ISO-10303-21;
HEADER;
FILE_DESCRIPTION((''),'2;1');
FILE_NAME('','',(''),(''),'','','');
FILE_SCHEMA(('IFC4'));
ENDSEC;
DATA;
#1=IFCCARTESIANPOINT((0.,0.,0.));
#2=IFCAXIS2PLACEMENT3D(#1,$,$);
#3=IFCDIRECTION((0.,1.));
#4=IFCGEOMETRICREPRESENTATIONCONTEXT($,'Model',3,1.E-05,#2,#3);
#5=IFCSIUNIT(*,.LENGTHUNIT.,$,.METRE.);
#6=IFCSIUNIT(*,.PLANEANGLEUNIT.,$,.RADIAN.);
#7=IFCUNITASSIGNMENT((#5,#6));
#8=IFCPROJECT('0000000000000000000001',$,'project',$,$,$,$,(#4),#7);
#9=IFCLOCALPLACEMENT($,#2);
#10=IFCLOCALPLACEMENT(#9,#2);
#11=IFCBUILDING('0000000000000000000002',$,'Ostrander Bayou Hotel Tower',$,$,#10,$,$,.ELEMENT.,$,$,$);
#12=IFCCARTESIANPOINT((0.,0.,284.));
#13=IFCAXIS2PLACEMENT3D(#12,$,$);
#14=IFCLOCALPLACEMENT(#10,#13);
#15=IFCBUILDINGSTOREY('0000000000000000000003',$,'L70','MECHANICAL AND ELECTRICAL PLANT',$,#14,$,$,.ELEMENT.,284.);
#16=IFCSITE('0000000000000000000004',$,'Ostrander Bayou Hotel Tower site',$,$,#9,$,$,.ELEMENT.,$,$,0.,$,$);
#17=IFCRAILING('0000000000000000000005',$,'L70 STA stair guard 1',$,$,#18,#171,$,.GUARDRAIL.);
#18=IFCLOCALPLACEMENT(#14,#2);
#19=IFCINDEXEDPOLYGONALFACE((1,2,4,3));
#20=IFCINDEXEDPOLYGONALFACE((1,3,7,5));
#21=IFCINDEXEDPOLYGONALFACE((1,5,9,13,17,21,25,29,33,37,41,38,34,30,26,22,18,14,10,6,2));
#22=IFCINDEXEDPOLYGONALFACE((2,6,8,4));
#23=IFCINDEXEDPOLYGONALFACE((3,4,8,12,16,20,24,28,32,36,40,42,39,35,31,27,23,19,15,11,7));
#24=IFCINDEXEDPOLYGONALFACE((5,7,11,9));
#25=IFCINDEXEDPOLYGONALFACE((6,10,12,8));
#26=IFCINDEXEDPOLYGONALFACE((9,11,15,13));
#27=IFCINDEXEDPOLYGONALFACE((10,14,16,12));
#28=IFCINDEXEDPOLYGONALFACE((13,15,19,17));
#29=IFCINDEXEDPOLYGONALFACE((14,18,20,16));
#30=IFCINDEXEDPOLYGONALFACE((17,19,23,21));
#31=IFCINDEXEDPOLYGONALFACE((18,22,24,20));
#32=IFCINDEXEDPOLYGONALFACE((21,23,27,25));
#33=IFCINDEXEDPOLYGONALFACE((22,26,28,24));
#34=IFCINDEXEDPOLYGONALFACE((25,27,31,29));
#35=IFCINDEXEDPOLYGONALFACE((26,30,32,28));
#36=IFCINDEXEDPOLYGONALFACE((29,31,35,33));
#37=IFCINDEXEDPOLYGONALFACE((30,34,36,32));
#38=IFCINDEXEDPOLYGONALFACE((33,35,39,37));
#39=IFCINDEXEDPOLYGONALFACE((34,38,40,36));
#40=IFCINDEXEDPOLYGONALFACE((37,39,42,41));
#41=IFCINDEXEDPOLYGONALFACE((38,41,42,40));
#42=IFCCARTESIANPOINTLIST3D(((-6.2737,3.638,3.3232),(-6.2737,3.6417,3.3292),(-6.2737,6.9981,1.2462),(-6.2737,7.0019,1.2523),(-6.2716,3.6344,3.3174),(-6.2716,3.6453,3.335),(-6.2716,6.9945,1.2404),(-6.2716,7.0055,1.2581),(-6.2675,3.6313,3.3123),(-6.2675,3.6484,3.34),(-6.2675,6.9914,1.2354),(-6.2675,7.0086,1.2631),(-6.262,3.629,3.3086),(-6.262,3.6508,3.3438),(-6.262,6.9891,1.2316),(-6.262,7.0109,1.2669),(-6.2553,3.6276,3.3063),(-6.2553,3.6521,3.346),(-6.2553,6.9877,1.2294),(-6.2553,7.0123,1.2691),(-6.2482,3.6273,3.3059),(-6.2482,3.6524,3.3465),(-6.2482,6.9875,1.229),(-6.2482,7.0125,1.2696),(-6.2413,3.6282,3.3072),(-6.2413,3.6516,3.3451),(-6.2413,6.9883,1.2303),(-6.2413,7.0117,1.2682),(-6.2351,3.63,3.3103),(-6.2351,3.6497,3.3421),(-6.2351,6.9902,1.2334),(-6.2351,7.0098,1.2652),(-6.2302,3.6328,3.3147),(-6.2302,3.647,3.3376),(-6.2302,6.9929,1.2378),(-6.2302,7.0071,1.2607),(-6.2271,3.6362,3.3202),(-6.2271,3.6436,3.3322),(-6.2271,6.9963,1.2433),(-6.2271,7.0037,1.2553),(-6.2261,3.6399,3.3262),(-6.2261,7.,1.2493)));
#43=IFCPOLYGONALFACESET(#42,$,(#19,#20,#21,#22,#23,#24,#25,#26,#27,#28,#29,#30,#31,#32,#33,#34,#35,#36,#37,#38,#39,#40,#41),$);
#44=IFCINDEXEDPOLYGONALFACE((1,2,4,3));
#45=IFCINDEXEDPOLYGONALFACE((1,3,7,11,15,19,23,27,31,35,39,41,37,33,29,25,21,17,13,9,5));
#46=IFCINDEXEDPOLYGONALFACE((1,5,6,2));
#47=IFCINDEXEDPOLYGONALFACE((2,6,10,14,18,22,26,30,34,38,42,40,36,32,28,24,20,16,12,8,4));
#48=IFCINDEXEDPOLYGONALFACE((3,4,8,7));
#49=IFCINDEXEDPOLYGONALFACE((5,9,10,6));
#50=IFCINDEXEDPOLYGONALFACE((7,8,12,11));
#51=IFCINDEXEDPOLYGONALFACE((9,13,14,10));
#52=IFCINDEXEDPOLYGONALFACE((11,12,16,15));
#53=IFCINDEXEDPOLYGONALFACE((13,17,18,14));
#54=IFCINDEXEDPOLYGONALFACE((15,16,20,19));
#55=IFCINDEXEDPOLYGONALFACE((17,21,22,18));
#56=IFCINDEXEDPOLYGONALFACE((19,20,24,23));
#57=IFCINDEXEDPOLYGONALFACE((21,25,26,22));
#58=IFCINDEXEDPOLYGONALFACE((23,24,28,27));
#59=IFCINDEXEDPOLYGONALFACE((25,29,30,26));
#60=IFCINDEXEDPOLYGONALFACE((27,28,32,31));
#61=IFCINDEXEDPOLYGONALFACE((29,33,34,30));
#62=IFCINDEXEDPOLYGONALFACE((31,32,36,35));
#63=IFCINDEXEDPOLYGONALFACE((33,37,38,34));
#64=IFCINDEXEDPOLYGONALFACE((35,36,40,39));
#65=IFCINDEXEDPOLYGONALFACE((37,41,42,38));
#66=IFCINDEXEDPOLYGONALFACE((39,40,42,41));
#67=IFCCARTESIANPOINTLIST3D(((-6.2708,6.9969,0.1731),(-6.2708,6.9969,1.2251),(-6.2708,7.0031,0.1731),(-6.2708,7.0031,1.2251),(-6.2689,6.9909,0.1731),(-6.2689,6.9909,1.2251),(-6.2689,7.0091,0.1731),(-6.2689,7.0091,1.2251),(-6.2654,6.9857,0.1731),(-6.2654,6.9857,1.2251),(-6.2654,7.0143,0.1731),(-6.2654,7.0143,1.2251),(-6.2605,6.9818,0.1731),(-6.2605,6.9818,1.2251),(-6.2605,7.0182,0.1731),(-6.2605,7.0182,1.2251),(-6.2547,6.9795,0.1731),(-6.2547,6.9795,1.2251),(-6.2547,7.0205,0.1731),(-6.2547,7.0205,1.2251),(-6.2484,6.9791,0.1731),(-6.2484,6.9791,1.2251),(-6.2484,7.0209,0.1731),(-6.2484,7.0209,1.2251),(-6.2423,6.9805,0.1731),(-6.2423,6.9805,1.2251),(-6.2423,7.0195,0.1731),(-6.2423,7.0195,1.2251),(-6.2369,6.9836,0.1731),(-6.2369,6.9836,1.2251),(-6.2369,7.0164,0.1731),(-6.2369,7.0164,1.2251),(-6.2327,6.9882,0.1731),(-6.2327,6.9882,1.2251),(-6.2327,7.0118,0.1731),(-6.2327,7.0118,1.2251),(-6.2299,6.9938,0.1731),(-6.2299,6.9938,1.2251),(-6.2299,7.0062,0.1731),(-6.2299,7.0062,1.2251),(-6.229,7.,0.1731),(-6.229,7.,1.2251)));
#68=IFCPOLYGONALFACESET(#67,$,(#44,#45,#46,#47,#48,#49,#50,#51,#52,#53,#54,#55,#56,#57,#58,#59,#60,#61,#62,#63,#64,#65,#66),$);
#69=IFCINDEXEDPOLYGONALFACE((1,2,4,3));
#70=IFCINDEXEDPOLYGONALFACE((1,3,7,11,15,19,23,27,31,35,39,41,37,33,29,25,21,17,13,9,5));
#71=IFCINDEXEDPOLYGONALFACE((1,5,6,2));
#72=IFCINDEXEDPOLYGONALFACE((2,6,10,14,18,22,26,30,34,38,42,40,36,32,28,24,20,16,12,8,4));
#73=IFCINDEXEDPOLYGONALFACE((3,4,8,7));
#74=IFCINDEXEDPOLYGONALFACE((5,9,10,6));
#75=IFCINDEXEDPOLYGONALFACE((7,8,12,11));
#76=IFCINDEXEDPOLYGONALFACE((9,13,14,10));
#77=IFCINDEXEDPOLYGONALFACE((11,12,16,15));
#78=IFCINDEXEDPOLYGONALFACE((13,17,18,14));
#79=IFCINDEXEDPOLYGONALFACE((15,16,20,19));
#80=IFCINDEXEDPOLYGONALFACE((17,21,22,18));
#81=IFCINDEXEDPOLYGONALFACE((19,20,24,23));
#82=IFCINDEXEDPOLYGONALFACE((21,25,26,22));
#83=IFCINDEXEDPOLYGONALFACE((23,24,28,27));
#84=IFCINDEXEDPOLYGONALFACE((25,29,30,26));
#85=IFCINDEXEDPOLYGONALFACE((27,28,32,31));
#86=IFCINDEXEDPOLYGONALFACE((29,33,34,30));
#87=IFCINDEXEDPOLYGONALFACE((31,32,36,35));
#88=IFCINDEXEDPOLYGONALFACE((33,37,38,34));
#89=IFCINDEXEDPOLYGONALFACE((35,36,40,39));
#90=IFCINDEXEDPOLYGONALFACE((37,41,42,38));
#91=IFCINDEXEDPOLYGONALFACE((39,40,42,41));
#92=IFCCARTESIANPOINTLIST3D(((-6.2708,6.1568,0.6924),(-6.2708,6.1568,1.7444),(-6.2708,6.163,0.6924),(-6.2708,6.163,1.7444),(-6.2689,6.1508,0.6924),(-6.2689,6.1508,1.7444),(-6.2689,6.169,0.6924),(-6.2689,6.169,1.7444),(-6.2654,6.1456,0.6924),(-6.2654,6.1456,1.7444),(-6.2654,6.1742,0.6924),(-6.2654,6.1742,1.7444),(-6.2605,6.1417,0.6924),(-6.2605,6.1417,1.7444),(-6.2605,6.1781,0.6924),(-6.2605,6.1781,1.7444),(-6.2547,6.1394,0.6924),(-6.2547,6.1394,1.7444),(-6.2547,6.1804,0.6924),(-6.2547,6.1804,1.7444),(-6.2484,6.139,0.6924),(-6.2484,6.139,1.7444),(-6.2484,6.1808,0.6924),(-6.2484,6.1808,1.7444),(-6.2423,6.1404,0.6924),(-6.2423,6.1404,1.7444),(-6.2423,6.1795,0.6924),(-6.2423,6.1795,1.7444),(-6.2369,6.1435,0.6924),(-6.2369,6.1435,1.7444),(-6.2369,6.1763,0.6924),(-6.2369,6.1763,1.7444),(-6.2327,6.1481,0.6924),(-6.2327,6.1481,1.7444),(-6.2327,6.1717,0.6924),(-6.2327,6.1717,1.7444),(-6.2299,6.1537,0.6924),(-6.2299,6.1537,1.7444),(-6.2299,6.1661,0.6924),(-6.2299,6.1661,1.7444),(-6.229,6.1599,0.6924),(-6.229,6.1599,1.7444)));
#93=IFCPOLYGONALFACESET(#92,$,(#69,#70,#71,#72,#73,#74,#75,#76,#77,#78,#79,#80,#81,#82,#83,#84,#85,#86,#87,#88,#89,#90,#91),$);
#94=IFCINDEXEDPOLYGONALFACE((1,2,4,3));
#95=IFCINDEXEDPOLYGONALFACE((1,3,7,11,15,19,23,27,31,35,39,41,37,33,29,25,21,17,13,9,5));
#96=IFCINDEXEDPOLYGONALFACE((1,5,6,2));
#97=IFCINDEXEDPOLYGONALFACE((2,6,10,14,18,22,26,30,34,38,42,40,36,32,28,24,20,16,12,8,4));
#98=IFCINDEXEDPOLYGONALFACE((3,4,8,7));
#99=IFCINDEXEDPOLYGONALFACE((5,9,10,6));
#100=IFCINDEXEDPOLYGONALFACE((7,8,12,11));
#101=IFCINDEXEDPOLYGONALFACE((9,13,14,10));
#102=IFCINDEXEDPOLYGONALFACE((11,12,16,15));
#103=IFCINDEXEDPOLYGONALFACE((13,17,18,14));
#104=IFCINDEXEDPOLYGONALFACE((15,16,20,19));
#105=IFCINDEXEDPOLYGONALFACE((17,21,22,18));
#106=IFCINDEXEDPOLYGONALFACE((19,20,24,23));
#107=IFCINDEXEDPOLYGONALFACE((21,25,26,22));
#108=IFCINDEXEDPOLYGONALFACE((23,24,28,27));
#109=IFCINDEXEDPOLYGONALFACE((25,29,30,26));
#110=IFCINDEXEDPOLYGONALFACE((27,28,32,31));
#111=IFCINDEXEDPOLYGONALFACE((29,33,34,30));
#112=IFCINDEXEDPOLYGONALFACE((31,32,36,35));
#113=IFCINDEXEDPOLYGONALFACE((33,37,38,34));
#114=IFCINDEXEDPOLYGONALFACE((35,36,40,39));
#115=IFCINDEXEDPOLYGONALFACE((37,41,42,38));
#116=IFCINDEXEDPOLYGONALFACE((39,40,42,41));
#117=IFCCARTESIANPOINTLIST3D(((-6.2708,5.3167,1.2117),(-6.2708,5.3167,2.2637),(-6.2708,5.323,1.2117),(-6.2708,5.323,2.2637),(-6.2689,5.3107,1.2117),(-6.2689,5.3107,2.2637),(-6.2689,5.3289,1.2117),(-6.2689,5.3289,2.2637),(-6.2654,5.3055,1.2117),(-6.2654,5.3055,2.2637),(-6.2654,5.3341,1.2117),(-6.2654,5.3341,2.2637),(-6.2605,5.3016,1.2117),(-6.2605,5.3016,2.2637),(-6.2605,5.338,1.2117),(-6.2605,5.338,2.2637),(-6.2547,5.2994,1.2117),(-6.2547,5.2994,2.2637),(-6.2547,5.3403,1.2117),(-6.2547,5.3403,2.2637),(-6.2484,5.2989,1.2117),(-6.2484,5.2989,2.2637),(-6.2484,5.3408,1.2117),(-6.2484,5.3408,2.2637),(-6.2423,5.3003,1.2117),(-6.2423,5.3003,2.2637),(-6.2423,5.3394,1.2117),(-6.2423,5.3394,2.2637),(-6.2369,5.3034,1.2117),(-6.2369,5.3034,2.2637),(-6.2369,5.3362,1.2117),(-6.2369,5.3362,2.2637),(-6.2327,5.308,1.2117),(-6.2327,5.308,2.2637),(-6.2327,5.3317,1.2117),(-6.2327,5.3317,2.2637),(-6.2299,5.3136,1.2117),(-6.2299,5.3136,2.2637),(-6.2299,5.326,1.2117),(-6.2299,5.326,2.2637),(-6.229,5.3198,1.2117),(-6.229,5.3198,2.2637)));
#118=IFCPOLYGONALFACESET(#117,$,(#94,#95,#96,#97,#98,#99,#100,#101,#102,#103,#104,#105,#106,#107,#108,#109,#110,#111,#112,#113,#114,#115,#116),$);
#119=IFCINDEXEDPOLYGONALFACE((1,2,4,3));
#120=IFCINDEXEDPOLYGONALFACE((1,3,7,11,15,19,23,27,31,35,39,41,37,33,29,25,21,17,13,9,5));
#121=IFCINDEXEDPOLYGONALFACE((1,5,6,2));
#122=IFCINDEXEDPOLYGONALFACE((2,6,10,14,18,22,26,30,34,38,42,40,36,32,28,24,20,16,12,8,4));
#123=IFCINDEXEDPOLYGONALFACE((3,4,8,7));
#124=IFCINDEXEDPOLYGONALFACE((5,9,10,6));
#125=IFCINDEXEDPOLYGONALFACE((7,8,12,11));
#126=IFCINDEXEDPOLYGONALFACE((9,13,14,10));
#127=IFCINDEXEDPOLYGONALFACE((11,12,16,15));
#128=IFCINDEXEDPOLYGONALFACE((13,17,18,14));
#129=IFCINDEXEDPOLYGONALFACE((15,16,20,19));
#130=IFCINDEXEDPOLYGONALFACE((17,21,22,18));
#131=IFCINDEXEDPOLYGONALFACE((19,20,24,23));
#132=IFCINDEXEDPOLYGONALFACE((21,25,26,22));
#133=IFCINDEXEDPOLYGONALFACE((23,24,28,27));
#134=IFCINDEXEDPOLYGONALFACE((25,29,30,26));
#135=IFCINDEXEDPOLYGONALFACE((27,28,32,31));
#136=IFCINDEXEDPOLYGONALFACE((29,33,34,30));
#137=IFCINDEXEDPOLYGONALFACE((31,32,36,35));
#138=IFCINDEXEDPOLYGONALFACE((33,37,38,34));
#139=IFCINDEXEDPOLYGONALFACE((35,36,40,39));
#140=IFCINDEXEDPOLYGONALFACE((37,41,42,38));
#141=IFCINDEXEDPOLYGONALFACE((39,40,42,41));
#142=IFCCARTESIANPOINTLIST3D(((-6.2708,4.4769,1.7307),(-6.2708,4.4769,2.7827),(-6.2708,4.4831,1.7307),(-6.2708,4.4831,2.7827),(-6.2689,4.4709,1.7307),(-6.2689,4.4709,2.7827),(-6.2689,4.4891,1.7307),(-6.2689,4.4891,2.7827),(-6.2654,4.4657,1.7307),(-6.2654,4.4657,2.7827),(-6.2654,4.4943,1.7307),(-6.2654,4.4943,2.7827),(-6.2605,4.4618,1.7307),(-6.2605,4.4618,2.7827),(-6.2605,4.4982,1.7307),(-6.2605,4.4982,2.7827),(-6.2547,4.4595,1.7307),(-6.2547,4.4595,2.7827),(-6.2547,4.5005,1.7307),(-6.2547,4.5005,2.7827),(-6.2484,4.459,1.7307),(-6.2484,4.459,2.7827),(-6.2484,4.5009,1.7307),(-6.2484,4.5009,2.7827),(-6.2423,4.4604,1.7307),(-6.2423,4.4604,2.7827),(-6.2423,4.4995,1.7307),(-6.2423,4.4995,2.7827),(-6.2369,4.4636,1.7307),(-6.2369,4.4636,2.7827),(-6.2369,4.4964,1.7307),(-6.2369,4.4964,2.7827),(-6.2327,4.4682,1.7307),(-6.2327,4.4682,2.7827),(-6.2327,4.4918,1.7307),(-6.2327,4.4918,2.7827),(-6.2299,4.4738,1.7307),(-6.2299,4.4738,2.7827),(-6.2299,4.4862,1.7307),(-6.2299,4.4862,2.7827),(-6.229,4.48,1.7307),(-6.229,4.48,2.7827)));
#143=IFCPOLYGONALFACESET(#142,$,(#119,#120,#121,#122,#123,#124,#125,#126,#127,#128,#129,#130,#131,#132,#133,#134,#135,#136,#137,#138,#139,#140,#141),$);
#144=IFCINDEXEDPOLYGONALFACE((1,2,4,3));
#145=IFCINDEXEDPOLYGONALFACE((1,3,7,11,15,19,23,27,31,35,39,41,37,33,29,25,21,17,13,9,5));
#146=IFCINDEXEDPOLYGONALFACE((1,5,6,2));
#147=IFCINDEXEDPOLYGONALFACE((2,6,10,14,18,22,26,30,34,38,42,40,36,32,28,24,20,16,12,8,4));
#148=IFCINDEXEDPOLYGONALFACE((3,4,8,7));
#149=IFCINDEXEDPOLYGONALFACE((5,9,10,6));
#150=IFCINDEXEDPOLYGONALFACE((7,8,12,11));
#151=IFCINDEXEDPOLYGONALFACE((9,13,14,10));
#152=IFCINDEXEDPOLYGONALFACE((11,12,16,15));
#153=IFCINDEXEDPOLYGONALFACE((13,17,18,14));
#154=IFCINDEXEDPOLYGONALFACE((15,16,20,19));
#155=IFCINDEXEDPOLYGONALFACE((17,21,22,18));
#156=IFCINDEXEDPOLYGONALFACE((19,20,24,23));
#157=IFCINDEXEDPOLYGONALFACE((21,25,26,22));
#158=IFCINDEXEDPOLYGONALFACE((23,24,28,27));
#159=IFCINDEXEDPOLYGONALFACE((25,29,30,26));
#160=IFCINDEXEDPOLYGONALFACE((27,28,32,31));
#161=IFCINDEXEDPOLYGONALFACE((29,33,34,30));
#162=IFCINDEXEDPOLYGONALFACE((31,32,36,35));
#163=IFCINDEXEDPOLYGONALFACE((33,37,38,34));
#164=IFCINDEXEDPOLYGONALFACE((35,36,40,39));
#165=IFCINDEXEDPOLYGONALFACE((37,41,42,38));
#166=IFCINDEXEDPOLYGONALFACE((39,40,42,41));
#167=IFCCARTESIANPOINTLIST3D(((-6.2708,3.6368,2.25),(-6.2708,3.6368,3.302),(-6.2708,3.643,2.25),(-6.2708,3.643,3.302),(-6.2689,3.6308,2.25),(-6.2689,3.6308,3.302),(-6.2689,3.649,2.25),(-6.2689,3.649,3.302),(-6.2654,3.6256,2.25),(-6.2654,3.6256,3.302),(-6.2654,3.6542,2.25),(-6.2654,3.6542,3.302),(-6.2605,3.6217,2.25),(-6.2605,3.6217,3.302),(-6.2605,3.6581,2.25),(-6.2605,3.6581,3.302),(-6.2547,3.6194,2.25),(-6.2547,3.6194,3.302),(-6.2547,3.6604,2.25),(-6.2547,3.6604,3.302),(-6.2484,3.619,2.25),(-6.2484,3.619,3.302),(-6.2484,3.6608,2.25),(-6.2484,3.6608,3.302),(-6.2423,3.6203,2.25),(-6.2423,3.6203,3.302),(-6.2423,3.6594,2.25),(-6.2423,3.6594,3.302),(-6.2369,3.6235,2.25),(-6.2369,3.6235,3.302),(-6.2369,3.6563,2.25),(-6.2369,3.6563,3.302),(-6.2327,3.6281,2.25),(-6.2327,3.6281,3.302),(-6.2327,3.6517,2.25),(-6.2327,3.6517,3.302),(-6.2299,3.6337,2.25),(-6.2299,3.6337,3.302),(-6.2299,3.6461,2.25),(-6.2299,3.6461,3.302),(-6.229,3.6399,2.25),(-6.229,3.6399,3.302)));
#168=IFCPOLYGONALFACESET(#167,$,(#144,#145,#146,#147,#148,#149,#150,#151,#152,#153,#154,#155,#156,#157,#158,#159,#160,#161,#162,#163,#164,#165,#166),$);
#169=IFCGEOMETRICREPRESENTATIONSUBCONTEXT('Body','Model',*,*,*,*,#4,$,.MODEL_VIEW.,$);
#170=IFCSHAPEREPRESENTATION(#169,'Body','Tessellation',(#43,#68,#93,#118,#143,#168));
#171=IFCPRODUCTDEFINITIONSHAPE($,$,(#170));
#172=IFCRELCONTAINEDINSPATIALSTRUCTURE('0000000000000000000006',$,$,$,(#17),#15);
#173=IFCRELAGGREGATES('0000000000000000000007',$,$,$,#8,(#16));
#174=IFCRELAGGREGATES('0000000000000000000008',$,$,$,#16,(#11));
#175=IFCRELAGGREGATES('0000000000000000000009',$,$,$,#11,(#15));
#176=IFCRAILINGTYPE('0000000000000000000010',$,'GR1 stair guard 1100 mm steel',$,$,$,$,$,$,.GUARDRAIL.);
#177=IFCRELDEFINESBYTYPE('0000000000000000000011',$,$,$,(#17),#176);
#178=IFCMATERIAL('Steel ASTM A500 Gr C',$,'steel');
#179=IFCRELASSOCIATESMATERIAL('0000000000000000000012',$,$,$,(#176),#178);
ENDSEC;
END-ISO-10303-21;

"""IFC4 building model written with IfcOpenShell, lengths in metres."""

from ifc_helpers import new_model, si_unit, direction, frame, origin, origin_2d, place, context, subcontext, project, spatial, circle, extrude, material, type_object, element, save


model = new_model("IFC4")

# Units and contexts
model_context = context("Model", 3, precision=1e-05, world=origin(), true_north=direction((0.0, 1.0)))
body_context = subcontext(model_context, "Body", "Model", "MODEL_VIEW")
ifc_project = project(units=[si_unit("LENGTHUNIT", "METRE"), si_unit("PLANEANGLEUNIT", "RADIAN")], contexts=[model_context])

# Site, building, storey
site_placement = place(None, origin())
site = spatial("IfcSite", under=ifc_project, at=site_placement, Name="Ostrander Bayou Hotel Tower site", CompositionType="ELEMENT", RefElevation=0.0)
building_placement = place(site_placement, origin())
building = spatial("IfcBuilding", under=site, at=building_placement, Name="Ostrander Bayou Hotel Tower", CompositionType="ELEMENT")
storey_placement = place(building_placement, frame((0.0, 0.0, 284.0)))
storey = spatial("IfcBuildingStorey", under=building, at=storey_placement, Name="L70", Description="MECHANICAL AND ELECTRICAL PLANT", CompositionType="ELEMENT", Elevation=284.0)

# Railing
ifc_material_1 = material(Name="Steel ASTM A500 Gr C", Category="steel")
railing_type_1 = type_object("IfcRailingType", Name="GR1 stair guard 1100 mm steel", PredefinedType="GUARDRAIL", material=ifc_material_1)
railing_1_placement = place(storey_placement, frame((-6.25, 7.0, 0.1731)))
element("IfcRailing", 1, at=railing_1_placement, inside=storey, type_object=railing_type_1, Name="L70 STA stair guard 1", PredefinedType="GUARDRAIL", context=body_context, shape_type="SweptSolid", body=[
    extrude(circle(Radius=0.0239, at=origin_2d()), frame((0.0, 0.0, 1.0762), z_axis=(0.0, -0.850623, 0.525776), x_axis=(1.0, 0.0, 0.0)), (0.0, 0.0, 1.0), 3.9502),
    extrude(circle(Radius=0.021, at=origin_2d()), origin(), (0.0, 0.0, 1.0), 1.052),
    extrude(circle(Radius=0.021, at=origin_2d()), frame((0.0, -0.8401, 0.5193)), (0.0, 0.0, 1.0), 1.052),
    extrude(circle(Radius=0.021, at=origin_2d()), frame((0.0, -1.6802, 1.0386)), (0.0, 0.0, 1.0), 1.052),
    extrude(circle(Radius=0.021, at=origin_2d()), frame((0.0, -2.52, 1.5576)), (0.0, 0.0, 1.0), 1.052),
    extrude(circle(Radius=0.021, at=origin_2d()), frame((0.0, -3.3601, 2.0769)), (0.0, 0.0, 1.0), 1.052),
])

save(model, "model.ifc")
